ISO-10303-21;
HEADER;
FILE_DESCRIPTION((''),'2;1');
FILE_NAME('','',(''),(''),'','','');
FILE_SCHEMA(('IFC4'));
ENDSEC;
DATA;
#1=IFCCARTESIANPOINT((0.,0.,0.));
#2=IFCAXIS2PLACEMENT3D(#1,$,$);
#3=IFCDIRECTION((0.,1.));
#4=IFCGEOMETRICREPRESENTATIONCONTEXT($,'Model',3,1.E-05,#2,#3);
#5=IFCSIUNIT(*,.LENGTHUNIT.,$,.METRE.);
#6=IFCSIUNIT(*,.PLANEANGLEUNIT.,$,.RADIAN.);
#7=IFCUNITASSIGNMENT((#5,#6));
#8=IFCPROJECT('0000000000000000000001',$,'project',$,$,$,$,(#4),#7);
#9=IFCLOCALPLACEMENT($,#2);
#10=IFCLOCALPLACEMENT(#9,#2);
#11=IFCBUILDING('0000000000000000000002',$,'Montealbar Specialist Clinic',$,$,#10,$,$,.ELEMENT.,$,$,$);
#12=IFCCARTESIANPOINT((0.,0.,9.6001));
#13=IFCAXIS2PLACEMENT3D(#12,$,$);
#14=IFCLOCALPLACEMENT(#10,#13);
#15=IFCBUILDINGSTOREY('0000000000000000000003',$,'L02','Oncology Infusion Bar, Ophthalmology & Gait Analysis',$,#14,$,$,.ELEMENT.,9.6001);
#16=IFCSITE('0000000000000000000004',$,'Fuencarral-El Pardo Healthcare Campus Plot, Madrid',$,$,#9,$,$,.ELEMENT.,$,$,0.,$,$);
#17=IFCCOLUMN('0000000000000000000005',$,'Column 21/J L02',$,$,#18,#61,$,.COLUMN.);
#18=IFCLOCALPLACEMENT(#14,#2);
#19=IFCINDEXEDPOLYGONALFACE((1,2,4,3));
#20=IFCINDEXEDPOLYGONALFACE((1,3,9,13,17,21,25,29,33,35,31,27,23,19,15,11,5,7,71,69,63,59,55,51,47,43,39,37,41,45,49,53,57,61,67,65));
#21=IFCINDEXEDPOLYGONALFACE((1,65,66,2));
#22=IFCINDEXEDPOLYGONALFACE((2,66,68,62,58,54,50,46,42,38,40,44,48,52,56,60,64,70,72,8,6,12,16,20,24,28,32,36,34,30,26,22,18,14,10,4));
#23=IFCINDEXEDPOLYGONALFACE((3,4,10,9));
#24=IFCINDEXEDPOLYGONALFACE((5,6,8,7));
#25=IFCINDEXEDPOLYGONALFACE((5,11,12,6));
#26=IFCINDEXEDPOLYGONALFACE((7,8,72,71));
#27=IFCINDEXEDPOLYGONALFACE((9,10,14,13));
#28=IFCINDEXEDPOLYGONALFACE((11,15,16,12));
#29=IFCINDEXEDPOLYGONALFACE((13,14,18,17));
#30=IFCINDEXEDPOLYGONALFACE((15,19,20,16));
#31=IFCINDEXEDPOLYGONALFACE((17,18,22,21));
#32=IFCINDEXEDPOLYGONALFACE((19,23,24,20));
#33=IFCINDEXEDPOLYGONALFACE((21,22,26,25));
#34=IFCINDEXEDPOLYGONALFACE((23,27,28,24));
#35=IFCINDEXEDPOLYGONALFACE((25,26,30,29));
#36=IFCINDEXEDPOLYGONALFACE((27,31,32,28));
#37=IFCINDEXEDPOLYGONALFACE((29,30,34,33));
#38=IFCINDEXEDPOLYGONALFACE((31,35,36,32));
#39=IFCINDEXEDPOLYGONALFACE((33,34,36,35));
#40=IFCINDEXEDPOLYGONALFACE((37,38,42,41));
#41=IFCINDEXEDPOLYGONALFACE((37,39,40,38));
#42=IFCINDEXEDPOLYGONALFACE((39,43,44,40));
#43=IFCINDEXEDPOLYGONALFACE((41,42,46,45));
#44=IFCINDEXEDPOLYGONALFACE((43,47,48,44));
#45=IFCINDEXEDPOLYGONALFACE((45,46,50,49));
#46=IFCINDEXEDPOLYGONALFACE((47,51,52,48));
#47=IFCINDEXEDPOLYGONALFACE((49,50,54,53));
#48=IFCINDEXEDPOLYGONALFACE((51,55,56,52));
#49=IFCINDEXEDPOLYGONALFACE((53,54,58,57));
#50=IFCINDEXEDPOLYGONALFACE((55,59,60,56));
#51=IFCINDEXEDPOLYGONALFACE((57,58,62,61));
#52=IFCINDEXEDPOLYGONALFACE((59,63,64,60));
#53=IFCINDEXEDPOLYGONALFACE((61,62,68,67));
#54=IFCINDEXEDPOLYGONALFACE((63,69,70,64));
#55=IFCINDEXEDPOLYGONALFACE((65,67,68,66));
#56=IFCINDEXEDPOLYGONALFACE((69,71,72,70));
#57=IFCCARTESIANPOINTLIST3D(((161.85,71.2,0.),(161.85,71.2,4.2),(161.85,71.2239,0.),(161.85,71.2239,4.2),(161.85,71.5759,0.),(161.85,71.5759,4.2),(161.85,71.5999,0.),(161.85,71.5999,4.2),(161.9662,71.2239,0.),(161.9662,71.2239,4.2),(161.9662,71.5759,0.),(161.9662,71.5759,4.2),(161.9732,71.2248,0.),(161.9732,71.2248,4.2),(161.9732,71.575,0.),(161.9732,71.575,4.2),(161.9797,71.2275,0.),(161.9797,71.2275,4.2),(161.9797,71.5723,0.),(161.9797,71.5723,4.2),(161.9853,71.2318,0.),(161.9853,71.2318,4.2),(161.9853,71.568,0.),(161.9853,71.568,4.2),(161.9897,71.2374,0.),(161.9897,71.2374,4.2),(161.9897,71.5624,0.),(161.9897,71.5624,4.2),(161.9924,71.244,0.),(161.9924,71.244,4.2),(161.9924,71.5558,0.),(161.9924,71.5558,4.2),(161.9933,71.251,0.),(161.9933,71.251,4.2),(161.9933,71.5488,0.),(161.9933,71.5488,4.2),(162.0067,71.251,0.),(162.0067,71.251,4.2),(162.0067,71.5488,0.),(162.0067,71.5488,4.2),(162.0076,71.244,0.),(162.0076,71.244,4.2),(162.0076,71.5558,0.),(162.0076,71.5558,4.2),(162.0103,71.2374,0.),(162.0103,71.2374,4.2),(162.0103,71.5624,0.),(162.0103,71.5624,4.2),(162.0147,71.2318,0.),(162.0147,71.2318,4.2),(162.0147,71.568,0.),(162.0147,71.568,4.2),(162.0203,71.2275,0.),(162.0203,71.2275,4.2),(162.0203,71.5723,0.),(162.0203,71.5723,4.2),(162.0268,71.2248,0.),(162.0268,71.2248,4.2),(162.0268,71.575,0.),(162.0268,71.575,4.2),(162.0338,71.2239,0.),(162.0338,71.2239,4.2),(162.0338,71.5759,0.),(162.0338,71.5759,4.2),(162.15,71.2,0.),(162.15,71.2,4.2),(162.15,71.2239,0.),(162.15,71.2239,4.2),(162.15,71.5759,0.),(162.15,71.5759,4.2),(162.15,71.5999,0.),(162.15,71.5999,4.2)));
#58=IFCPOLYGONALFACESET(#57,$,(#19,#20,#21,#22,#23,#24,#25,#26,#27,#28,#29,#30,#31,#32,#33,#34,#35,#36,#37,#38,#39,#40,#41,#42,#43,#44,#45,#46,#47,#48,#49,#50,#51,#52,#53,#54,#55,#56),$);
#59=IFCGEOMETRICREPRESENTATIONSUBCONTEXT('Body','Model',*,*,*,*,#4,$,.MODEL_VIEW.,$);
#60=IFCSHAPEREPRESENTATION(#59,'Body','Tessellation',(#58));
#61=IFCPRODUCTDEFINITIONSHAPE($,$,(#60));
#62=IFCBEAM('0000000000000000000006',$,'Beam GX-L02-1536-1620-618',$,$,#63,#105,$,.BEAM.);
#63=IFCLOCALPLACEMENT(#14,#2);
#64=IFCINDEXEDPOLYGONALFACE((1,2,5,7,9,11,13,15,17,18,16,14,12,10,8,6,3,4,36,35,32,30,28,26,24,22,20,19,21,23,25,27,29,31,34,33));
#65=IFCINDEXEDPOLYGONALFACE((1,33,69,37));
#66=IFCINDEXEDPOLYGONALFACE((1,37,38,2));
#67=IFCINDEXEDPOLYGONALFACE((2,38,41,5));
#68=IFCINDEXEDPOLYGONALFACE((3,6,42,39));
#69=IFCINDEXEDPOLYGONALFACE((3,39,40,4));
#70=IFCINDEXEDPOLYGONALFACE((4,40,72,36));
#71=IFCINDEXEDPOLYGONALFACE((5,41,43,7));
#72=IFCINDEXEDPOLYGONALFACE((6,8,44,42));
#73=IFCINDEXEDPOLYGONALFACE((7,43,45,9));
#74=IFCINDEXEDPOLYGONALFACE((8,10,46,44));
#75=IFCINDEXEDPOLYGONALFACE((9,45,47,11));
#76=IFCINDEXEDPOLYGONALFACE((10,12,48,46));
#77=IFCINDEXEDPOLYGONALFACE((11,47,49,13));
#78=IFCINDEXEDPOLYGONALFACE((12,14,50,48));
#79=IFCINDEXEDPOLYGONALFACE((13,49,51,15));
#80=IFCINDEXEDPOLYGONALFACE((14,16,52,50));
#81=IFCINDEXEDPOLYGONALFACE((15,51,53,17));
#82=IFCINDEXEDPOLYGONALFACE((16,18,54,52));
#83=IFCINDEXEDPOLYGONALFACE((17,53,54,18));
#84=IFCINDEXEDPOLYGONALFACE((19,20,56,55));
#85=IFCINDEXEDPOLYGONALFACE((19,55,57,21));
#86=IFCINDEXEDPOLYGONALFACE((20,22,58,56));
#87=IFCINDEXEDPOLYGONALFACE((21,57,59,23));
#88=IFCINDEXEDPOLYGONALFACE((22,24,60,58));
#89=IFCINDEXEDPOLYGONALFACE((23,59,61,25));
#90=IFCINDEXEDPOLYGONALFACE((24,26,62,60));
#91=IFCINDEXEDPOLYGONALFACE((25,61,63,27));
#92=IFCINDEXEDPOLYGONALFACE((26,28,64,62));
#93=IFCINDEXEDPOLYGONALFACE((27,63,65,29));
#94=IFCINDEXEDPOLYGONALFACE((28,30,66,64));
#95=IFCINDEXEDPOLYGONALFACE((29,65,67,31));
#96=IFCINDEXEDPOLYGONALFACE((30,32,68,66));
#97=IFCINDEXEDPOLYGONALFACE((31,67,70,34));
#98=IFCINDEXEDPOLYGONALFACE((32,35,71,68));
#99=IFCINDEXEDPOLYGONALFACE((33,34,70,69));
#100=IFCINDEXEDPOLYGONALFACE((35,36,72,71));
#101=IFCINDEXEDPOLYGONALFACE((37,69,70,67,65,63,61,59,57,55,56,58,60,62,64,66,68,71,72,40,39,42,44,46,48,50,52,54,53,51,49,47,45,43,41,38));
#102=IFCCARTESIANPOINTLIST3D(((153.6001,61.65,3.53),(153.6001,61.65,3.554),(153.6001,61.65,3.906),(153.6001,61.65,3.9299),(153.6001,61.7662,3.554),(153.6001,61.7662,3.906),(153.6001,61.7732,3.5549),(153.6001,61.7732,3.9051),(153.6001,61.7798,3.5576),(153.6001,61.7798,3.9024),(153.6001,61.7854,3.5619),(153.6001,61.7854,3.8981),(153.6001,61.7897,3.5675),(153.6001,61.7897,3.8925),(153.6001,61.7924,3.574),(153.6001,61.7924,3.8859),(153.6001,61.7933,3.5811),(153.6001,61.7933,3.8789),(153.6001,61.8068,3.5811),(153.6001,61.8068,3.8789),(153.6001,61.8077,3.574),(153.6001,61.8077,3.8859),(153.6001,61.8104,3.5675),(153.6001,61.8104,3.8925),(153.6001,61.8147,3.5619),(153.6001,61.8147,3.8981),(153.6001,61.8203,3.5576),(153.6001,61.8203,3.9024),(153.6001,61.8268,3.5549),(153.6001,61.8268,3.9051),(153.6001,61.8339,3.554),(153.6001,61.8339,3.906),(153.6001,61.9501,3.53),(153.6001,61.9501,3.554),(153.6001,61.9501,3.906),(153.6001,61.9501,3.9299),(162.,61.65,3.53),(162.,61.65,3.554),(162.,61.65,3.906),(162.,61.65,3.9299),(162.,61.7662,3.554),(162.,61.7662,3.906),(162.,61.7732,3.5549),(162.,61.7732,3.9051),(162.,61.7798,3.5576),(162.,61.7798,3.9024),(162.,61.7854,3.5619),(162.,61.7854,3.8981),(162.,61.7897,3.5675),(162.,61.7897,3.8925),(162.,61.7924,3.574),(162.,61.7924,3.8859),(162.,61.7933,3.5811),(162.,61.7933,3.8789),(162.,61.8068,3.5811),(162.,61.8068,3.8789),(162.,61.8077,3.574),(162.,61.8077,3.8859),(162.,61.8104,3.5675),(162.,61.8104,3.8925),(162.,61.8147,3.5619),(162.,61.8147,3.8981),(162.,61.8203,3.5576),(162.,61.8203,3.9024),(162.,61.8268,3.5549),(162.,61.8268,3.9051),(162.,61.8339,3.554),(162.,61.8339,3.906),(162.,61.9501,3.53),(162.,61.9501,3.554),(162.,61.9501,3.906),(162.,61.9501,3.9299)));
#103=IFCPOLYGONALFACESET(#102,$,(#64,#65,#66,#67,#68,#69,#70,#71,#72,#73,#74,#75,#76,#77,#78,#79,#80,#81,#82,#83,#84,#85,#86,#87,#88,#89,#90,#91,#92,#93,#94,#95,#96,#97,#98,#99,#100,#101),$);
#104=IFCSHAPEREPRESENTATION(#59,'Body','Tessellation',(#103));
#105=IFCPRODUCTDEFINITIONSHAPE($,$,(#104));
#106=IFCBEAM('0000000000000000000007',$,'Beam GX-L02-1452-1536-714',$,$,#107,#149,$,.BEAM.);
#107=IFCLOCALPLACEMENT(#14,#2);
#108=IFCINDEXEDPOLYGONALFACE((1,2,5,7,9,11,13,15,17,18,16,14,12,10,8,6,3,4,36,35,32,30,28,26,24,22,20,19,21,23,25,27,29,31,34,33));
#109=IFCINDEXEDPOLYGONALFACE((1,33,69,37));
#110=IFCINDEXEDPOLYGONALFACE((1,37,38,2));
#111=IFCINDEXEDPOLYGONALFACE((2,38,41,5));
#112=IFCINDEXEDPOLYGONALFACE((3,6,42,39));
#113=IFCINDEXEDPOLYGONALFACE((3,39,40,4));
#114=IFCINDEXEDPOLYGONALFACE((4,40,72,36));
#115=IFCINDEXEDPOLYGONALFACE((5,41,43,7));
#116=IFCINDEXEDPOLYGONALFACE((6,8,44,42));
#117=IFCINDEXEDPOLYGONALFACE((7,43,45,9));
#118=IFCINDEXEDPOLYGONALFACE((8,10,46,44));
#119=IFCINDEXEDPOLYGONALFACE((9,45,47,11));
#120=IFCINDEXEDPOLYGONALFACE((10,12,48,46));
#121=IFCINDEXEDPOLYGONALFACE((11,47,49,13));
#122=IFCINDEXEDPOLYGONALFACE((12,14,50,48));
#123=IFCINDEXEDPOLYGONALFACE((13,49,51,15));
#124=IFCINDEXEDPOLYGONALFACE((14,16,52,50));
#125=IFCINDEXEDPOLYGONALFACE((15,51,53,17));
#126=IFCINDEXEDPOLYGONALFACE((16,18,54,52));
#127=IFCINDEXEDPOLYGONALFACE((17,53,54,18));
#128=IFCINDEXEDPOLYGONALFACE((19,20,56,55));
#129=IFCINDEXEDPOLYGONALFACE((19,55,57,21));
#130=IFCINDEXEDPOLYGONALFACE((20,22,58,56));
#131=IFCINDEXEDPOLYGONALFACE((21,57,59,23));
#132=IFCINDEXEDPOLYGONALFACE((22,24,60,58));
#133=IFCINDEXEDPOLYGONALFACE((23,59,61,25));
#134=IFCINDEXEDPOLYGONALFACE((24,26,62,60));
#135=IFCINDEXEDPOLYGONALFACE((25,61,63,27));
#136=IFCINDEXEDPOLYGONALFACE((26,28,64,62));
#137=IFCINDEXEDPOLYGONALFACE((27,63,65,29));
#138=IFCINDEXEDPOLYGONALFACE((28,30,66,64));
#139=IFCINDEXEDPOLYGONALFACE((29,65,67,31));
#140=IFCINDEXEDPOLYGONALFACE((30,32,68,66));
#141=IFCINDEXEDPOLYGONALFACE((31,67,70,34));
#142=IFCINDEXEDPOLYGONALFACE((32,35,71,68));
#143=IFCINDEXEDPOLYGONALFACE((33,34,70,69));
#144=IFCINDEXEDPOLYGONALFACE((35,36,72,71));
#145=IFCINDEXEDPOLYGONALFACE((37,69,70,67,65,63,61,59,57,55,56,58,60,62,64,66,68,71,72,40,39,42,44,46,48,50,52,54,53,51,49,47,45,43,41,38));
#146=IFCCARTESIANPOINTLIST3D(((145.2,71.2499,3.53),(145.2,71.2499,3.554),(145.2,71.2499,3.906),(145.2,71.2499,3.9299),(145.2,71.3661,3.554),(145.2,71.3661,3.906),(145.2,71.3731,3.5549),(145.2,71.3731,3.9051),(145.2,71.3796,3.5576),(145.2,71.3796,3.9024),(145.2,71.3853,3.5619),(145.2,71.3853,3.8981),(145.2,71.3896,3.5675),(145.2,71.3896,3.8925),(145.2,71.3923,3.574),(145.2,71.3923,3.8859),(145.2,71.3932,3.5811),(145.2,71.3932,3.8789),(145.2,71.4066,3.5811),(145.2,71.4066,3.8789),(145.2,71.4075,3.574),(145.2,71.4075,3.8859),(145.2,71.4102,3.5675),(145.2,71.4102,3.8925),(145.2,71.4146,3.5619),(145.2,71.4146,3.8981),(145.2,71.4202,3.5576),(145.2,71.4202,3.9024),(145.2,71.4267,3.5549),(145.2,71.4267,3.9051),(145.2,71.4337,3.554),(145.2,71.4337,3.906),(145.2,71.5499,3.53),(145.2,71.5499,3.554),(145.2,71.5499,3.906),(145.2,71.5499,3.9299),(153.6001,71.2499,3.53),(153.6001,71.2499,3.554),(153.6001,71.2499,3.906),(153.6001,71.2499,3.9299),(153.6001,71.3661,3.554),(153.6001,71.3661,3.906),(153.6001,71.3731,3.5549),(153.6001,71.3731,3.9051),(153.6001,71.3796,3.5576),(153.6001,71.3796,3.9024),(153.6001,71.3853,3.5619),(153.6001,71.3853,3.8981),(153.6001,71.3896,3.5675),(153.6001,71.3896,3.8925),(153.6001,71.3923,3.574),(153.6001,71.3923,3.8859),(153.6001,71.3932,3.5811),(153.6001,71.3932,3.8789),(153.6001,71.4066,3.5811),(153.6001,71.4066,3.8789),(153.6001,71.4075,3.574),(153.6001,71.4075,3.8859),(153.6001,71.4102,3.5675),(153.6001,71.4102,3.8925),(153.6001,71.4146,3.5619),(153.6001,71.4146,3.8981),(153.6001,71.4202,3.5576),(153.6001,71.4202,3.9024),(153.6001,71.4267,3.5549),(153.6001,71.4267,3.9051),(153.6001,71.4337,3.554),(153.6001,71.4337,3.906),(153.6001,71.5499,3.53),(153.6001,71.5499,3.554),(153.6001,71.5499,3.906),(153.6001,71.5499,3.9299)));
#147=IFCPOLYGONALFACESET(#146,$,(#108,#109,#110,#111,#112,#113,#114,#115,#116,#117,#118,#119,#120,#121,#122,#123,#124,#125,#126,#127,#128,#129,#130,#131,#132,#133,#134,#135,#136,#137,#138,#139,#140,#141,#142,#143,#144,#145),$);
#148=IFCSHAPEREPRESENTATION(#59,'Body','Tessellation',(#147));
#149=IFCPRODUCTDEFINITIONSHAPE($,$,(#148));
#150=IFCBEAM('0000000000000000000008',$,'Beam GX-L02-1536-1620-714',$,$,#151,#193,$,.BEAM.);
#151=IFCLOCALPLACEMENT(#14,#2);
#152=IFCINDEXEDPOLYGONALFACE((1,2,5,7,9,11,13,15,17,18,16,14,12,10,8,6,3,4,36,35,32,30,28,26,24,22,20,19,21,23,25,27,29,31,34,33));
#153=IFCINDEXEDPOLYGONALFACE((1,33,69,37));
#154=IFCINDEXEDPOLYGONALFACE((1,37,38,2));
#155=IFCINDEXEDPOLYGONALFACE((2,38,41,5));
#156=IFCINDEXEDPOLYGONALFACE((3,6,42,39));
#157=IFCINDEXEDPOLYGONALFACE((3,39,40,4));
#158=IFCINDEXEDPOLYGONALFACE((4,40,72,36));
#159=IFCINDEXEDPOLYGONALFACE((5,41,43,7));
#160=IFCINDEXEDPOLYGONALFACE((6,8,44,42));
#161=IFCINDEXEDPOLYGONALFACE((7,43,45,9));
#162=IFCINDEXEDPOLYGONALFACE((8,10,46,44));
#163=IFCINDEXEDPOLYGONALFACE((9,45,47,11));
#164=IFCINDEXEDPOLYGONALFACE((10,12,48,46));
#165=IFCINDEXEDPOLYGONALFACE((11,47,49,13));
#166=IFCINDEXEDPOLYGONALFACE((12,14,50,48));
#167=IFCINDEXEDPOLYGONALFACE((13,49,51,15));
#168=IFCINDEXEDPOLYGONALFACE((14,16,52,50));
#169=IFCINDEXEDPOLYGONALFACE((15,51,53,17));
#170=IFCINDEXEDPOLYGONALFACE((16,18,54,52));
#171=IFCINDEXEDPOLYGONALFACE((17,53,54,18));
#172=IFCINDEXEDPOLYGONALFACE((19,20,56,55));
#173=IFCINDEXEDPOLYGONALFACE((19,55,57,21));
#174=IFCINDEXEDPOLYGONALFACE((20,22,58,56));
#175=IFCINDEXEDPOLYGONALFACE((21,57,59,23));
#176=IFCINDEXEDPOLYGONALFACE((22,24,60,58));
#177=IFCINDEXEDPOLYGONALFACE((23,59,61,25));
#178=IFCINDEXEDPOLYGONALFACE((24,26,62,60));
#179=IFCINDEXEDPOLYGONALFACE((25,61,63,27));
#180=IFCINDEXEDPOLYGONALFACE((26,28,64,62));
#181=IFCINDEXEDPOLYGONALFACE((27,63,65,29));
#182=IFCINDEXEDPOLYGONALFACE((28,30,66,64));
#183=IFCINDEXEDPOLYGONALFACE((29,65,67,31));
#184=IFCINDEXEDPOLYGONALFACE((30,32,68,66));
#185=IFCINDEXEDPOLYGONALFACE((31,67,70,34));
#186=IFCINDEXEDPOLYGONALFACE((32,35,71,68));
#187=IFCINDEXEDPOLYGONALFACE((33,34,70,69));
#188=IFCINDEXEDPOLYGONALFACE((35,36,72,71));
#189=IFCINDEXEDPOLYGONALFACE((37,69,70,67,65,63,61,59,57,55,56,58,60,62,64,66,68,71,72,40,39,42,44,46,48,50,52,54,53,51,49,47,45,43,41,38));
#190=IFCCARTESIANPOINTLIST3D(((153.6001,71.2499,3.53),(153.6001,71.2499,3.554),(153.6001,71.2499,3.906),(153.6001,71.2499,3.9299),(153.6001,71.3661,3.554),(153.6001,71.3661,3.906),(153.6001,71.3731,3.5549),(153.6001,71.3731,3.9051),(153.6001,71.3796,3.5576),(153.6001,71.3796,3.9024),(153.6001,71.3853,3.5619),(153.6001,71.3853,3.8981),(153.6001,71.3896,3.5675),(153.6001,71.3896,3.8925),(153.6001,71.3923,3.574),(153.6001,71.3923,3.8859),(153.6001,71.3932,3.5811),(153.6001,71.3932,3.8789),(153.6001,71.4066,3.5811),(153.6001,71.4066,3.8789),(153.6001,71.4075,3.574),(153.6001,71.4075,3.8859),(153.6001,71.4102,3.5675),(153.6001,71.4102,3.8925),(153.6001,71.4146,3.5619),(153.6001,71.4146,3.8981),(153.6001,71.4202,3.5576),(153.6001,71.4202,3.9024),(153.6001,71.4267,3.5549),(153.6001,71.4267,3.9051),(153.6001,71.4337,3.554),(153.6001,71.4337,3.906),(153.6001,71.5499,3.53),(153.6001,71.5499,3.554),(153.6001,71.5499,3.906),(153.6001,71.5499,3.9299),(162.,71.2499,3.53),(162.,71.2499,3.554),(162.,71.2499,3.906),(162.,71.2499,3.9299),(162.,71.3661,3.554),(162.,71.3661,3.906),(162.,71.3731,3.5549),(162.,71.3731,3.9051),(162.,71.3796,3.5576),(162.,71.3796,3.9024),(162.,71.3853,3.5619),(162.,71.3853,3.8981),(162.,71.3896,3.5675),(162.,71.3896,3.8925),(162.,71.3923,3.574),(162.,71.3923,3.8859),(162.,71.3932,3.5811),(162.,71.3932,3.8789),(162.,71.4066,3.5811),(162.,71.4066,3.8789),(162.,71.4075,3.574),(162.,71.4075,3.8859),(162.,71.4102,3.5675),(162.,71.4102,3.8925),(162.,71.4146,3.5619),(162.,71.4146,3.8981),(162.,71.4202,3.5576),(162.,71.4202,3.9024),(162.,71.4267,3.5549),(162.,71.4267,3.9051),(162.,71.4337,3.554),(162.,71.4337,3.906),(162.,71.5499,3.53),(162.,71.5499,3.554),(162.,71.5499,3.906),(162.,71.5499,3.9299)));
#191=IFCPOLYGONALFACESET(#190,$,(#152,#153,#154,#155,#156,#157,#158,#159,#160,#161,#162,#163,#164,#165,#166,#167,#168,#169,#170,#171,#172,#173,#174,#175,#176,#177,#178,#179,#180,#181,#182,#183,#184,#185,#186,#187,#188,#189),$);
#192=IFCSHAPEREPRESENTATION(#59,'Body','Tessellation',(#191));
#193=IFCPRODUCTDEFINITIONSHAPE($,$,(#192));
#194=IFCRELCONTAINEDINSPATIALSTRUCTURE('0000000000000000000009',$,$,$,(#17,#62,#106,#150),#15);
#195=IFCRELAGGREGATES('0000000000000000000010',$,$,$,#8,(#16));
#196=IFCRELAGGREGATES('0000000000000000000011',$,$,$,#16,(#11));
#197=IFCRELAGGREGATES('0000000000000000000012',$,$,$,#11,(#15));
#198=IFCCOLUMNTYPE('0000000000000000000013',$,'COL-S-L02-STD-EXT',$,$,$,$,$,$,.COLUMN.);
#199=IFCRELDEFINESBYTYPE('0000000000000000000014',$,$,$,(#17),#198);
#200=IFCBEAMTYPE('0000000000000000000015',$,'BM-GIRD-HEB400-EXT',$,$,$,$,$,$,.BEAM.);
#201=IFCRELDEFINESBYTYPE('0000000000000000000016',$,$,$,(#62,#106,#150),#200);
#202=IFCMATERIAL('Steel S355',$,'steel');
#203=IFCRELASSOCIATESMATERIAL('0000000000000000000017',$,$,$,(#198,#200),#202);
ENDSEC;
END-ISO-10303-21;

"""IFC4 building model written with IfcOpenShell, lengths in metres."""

from ifc_helpers import new_model, si_unit, direction, frame, origin, origin_2d, place, context, subcontext, project, spatial, i_section, extrude, material, material_profile, profile_set, type_object, element, save


model = new_model("IFC4")

# Units and contexts
model_context = context("Model", 3, precision=1e-05, world=origin(), true_north=direction((0.0, 1.0)))
body_context = subcontext(model_context, "Body", "Model", "MODEL_VIEW")
ifc_project = project(units=[si_unit("LENGTHUNIT", "METRE"), si_unit("PLANEANGLEUNIT", "RADIAN")], contexts=[model_context])

# Site, building, storey
site_placement = place(None, origin())
site = spatial("IfcSite", under=ifc_project, at=site_placement, Name="Fuencarral-El Pardo Healthcare Campus Plot, Madrid", CompositionType="ELEMENT", RefElevation=0.0)
building_placement = place(site_placement, origin())
building = spatial("IfcBuilding", under=site, at=building_placement, Name="Montealbar Specialist Clinic", CompositionType="ELEMENT")
storey_placement = place(building_placement, frame((0.0, 0.0, 9.6001)))
storey = spatial("IfcBuildingStorey", under=building, at=storey_placement, Name="L02", Description="Oncology Infusion Bar, Ophthalmology & Gait Analysis", CompositionType="ELEMENT", Elevation=9.6001)

# Column
ifc_material_1 = material(Name="Steel S355", Category="steel")
ifc_material_profile_1 = material_profile(ifc_material_1, i_section(OverallWidth=0.3, OverallDepth=0.3999, WebThickness=0.0134, FlangeThickness=0.0239, FilletRadius=0.0271, at=origin_2d()), Name="HEB 400", Category="steel")
ifc_profile_set_1 = profile_set([ifc_material_profile_1], Name="Steel S355")
column_type_1 = type_object("IfcColumnType", Name="COL-S-L02-STD-EXT", PredefinedType="COLUMN", material=ifc_profile_set_1)
for number, where, z_axis, x_axis, name in (
    (1, (162.0, 71.3999, 0.0), (0.0, 0.0, 1.0), (1.0, 0.0, 0.0), "Column 21/J L02"),
):
    element("IfcColumn", number, at=place(storey_placement, frame(where, z_axis=z_axis, x_axis=x_axis)), inside=storey, type_object=column_type_1, Name=name, PredefinedType="COLUMN", context=body_context, shape_type="SweptSolid", body=[
        extrude(i_section(OverallWidth=0.3, OverallDepth=0.3999, WebThickness=0.0134, FlangeThickness=0.0239, FilletRadius=0.0271, at=origin_2d()), origin(), (0.0, 0.0, 1.0), 4.2),
    ])

# Beams
ifc_material_profile_2 = material_profile(ifc_material_1, i_section(OverallWidth=0.3, OverallDepth=0.3999, WebThickness=0.0134, FlangeThickness=0.0239, FilletRadius=0.0271, at=origin_2d()), Name="HEB 400", Category="steel")
ifc_profile_set_2 = profile_set([ifc_material_profile_2], Name="Steel S355")
beam_type_1 = type_object("IfcBeamType", Name="BM-GIRD-HEB400-EXT", PredefinedType="BEAM", material=ifc_profile_set_2)
beam_1_placement = place(storey_placement, frame((153.6001, 61.8, 3.73), z_axis=(1.0, 0.0, 0.0), x_axis=(0.0, 1.0, 0.0)))
element("IfcBeam", 2, at=beam_1_placement, inside=storey, type_object=beam_type_1, Name="Beam GX-L02-1536-1620-618", PredefinedType="BEAM", context=body_context, shape_type="SweptSolid", body=[
    extrude(i_section(OverallWidth=0.3, OverallDepth=0.3999, WebThickness=0.0134, FlangeThickness=0.0239, FilletRadius=0.0271, at=origin_2d()), origin(), (0.0, 0.0, 1.0), 8.3999),
])
beam_2_placement = place(storey_placement, frame((145.2, 71.3999, 3.73), z_axis=(1.0, 0.0, 0.0), x_axis=(0.0, 1.0, 0.0)))
element("IfcBeam", 3, at=beam_2_placement, inside=storey, type_object=beam_type_1, Name="Beam GX-L02-1452-1536-714", PredefinedType="BEAM", context=body_context, shape_type="SweptSolid", body=[
    extrude(i_section(OverallWidth=0.3, OverallDepth=0.3999, WebThickness=0.0134, FlangeThickness=0.0239, FilletRadius=0.0271, at=origin_2d()), origin(), (0.0, 0.0, 1.0), 8.4001),
])
beam_3_placement = place(storey_placement, frame((153.6001, 71.3999, 3.73), z_axis=(1.0, 0.0, 0.0), x_axis=(0.0, 1.0, 0.0)))
element("IfcBeam", 4, at=beam_3_placement, inside=storey, type_object=beam_type_1, Name="Beam GX-L02-1536-1620-714", PredefinedType="BEAM", context=body_context, shape_type="SweptSolid", body=[
    extrude(i_section(OverallWidth=0.3, OverallDepth=0.3999, WebThickness=0.0134, FlangeThickness=0.0239, FilletRadius=0.0271, at=origin_2d()), origin(), (0.0, 0.0, 1.0), 8.3999),
])

save(model, "model.ifc")
